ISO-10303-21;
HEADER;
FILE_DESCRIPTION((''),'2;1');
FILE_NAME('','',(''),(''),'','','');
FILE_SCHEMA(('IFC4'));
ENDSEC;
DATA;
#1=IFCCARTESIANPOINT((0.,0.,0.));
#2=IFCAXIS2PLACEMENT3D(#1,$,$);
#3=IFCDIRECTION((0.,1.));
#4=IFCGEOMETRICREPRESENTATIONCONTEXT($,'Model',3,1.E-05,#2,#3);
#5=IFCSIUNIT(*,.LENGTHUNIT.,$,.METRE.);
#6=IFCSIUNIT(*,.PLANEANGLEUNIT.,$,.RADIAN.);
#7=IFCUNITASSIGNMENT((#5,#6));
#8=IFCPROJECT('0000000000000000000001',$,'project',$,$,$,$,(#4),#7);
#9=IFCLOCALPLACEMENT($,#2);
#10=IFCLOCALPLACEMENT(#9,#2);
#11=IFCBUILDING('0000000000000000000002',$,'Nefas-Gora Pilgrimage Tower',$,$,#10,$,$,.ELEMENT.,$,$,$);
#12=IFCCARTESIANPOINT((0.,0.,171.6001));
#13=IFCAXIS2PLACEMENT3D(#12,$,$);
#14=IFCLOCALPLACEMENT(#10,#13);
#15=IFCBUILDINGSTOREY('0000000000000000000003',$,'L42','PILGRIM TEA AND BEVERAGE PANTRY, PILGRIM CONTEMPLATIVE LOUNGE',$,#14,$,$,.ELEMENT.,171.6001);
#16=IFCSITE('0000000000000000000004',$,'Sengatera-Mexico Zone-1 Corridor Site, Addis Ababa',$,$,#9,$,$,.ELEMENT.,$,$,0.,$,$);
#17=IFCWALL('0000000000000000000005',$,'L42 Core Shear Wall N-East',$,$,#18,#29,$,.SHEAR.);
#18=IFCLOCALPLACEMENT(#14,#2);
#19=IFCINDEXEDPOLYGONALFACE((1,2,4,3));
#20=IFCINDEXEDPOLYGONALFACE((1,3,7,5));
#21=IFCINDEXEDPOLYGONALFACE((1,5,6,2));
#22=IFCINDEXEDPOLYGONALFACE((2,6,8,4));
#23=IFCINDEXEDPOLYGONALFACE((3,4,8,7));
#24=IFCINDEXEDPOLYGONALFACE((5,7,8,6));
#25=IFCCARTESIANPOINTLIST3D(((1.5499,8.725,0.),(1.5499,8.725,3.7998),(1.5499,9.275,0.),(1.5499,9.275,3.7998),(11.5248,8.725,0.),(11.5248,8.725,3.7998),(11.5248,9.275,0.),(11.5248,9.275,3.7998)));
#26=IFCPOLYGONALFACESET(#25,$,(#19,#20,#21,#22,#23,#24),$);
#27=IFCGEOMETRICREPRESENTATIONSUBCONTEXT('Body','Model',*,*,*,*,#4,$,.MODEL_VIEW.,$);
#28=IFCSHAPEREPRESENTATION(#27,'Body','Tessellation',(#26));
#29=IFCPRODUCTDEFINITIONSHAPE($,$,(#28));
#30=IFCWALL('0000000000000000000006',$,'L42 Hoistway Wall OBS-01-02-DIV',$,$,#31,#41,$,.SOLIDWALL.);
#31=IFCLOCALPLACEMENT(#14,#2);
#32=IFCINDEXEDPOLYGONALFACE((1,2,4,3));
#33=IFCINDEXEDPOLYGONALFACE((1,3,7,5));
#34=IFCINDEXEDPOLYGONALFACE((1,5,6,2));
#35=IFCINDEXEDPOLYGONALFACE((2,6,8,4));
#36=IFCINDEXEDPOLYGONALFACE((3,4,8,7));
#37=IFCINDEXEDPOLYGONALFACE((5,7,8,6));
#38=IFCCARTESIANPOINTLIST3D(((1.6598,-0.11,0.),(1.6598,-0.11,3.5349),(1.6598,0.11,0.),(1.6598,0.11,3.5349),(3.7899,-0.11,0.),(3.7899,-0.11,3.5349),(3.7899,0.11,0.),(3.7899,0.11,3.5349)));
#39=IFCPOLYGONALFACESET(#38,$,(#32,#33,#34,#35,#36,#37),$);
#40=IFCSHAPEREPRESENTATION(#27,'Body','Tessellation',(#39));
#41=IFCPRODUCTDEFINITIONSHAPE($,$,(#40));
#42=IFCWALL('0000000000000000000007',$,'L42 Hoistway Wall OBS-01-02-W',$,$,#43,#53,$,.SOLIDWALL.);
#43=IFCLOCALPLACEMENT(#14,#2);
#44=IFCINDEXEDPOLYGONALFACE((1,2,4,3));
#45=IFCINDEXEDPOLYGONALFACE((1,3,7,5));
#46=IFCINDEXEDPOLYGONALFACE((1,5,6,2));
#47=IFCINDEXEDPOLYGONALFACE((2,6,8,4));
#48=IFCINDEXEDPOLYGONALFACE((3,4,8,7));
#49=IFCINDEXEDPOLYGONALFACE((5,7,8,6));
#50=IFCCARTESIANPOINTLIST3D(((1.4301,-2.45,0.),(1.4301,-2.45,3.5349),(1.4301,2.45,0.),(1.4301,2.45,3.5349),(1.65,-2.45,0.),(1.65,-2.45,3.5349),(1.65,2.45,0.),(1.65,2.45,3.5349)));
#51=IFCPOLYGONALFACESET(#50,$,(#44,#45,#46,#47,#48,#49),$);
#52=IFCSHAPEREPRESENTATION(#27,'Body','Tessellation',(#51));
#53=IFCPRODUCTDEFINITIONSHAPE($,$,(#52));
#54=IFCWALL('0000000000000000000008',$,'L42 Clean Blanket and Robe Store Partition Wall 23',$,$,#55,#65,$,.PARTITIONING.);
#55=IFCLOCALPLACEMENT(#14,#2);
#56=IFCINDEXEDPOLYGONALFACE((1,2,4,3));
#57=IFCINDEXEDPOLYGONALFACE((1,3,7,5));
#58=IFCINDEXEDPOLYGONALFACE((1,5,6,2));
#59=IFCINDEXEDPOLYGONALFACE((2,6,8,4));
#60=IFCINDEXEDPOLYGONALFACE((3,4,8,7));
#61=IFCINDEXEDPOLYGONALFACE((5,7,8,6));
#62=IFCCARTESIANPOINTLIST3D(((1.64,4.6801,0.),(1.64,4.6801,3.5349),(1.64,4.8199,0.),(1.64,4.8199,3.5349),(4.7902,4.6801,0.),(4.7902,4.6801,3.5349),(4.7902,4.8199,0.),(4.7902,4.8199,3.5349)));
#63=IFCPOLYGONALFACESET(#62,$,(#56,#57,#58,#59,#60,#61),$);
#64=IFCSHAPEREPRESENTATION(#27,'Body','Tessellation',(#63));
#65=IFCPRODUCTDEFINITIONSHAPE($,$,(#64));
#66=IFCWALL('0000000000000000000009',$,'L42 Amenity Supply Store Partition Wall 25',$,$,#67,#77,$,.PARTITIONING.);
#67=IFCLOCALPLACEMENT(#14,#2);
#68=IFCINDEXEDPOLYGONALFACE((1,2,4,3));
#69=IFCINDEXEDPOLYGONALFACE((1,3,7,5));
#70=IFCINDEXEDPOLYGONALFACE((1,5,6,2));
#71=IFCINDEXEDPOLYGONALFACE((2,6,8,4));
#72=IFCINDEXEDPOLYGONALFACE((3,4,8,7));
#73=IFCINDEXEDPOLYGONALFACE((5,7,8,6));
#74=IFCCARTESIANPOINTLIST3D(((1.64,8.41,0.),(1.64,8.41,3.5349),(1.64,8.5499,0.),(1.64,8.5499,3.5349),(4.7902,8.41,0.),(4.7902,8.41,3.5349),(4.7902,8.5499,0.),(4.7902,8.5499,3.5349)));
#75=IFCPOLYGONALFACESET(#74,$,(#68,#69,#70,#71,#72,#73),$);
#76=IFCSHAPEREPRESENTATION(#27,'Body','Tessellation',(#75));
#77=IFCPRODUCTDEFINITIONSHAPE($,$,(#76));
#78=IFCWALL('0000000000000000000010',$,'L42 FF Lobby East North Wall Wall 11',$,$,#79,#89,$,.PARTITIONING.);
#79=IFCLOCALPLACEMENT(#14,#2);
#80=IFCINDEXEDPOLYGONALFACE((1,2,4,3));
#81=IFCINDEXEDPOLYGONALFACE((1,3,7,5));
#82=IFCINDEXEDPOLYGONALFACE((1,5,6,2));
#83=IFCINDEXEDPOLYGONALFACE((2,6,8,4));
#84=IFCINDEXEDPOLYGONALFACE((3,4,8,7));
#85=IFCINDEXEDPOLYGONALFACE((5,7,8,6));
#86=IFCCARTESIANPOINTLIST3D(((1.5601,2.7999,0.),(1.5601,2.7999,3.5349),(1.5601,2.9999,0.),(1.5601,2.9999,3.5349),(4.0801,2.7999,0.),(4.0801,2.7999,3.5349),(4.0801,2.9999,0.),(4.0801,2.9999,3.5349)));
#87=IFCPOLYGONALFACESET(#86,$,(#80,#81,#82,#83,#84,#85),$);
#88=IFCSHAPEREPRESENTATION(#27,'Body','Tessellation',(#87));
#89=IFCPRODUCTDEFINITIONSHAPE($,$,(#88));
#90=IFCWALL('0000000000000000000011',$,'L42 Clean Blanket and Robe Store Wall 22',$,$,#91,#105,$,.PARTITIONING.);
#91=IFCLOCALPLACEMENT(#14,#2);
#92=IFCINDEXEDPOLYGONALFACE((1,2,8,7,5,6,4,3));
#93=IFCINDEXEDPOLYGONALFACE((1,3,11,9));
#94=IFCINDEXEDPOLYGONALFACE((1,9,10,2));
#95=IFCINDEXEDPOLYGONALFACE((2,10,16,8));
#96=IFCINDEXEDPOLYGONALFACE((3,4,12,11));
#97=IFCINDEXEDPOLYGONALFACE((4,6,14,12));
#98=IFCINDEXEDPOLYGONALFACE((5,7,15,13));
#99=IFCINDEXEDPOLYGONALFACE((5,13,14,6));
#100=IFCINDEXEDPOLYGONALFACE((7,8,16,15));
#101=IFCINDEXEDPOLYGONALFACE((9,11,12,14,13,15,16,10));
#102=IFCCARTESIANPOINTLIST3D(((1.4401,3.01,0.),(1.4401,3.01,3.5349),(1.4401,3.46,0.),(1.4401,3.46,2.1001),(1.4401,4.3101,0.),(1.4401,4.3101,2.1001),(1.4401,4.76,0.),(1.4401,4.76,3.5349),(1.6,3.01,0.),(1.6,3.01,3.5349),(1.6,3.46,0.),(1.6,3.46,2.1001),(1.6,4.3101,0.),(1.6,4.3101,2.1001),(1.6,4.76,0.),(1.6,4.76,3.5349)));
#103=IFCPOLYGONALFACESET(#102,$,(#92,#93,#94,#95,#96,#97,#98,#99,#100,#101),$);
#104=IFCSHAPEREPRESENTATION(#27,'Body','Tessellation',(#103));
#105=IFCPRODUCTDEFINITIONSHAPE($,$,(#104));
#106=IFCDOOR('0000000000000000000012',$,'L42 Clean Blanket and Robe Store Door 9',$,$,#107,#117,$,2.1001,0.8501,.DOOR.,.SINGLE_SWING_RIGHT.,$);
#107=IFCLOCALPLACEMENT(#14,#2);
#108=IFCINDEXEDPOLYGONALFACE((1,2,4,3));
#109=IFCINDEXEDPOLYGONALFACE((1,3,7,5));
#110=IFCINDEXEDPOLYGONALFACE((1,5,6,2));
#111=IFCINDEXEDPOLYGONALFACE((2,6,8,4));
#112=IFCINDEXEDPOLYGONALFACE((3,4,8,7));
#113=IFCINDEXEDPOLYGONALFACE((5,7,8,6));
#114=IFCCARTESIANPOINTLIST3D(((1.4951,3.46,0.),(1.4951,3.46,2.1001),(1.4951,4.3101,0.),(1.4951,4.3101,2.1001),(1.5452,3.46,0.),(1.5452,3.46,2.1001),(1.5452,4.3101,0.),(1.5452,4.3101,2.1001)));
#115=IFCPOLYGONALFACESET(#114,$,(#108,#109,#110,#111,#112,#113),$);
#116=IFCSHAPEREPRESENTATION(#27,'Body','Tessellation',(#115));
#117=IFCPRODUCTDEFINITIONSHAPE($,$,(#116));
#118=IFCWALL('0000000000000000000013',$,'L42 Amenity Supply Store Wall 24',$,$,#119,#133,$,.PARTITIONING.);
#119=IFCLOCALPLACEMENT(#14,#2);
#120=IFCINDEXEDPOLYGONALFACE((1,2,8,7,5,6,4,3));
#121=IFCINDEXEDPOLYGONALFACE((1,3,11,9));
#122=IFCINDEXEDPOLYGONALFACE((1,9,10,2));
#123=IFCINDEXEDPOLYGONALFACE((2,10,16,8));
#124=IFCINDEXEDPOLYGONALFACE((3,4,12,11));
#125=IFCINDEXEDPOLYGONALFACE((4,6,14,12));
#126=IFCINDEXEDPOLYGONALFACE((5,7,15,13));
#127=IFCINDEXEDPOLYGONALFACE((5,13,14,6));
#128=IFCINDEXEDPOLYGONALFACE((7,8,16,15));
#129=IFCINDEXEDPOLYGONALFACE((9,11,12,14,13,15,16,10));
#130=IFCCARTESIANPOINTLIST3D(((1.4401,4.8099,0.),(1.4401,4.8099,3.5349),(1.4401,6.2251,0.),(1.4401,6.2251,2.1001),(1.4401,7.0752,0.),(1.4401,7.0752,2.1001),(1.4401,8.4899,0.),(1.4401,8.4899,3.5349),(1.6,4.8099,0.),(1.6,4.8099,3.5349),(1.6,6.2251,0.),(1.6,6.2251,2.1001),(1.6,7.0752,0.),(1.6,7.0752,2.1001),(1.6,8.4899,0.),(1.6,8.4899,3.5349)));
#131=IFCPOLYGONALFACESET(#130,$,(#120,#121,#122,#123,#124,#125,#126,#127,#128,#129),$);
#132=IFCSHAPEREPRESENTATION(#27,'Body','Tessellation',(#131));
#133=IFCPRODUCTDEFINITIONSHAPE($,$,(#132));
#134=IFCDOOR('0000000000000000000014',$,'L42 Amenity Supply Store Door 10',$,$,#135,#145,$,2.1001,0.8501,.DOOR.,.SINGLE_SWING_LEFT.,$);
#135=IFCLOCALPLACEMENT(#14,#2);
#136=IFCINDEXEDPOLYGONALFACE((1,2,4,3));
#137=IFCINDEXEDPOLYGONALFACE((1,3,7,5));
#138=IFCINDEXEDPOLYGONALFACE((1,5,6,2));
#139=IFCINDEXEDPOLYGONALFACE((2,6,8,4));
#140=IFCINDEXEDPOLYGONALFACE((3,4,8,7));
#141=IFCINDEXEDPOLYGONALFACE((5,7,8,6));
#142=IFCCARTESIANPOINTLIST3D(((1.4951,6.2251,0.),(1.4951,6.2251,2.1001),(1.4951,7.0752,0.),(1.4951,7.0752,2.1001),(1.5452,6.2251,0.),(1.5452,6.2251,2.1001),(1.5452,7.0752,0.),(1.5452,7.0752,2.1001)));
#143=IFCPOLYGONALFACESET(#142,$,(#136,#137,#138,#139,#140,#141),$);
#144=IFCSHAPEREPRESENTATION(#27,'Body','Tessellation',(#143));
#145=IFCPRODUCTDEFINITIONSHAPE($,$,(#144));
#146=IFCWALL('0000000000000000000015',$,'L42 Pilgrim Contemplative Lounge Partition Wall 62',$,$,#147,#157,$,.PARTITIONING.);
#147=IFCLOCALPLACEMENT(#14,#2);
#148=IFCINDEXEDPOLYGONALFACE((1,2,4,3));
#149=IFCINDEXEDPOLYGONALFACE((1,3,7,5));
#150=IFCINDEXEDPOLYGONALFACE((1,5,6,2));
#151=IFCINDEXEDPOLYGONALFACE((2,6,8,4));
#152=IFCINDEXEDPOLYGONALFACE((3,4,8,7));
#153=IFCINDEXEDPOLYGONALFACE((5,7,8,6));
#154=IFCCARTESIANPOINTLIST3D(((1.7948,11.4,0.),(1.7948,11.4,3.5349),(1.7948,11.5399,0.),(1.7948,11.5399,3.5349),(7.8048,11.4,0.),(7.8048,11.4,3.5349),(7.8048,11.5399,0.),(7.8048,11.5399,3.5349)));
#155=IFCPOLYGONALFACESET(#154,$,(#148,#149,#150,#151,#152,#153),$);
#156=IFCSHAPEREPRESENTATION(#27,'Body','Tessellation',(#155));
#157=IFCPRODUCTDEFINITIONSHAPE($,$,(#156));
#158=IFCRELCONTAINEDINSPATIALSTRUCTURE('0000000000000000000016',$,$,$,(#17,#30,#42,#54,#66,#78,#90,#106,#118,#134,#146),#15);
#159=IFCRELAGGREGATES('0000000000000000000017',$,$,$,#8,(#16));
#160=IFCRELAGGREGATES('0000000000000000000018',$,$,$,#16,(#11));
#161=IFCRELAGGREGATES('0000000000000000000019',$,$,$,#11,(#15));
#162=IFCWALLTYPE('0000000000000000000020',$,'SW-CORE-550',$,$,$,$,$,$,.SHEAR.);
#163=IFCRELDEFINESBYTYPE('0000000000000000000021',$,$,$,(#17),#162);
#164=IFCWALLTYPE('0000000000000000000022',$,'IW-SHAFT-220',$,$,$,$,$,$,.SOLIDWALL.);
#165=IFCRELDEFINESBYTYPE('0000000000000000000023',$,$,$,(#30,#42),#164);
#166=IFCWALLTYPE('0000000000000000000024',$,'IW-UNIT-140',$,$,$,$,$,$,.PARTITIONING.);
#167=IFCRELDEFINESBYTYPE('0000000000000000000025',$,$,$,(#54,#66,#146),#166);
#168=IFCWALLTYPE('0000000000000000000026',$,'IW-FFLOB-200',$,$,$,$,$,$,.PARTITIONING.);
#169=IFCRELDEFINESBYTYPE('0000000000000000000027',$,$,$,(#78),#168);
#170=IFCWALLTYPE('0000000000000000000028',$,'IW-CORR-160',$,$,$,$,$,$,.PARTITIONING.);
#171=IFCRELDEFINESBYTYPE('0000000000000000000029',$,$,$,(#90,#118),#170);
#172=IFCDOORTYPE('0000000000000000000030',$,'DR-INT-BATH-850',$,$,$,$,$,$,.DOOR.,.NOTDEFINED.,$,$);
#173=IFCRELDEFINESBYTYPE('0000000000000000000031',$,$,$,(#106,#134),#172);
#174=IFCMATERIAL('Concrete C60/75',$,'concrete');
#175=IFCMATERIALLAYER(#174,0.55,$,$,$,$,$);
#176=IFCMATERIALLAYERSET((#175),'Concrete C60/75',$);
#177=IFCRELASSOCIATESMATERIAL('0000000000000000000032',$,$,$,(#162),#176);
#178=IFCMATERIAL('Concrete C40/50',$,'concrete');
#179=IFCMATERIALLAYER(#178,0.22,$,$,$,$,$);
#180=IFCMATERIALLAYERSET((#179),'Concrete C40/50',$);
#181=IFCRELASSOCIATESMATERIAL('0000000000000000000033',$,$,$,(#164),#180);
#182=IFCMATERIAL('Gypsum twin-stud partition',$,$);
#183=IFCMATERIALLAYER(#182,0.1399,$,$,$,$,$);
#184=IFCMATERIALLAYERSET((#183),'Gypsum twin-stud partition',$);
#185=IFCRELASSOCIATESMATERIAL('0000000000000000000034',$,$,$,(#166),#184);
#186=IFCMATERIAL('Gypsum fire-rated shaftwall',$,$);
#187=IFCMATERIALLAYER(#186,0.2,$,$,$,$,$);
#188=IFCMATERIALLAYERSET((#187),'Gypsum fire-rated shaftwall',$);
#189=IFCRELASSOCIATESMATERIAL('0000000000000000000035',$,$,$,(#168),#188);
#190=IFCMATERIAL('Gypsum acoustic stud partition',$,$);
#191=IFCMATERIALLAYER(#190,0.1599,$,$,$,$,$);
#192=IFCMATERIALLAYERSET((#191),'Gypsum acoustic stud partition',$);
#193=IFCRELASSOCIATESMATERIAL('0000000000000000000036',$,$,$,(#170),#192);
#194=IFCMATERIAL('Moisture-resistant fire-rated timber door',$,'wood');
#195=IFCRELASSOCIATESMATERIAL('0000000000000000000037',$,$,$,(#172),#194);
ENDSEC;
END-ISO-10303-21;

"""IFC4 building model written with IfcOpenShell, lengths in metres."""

from ifc_helpers import new_model, si_unit, direction, frame, frame_2d, origin, place, context, subcontext, project, spatial, rectangle, extrude, source, transform, mapped, material, layer, layer_set, type_object, element, fill, save


model = new_model("IFC4")

# Units and contexts
model_context = context("Model", 3, precision=1e-05, world=origin(), true_north=direction((0.0, 1.0)))
body_context = subcontext(model_context, "Body", "Model", "MODEL_VIEW")
ifc_project = project(units=[si_unit("LENGTHUNIT", "METRE"), si_unit("PLANEANGLEUNIT", "RADIAN")], contexts=[model_context])

# Site, building, storey
site_placement = place(None, origin())
site = spatial("IfcSite", under=ifc_project, at=site_placement, Name="Sengatera-Mexico Zone-1 Corridor Site, Addis Ababa", CompositionType="ELEMENT", RefElevation=0.0)
building_placement = place(site_placement, origin())
building = spatial("IfcBuilding", under=site, at=building_placement, Name="Nefas-Gora Pilgrimage Tower", CompositionType="ELEMENT")
storey_placement = place(building_placement, frame((0.0, 0.0, 171.6001)))
storey = spatial("IfcBuildingStorey", under=building, at=storey_placement, Name="L42", Description="PILGRIM TEA AND BEVERAGE PANTRY, PILGRIM CONTEMPLATIVE LOUNGE", CompositionType="ELEMENT", Elevation=171.6001)

# Shared definitions
ifc_material_1 = material(Name="Concrete C40/50", Category="concrete")

# Walls
ifc_material_2 = material(Name="Concrete C60/75", Category="concrete")
ifc_layer_1 = layer(ifc_material_2, 0.55)
ifc_layer_set_1 = layer_set([ifc_layer_1], Name="Concrete C60/75")
wall_type_1 = type_object("IfcWallType", Name="SW-CORE-550", PredefinedType="SHEAR", material=ifc_layer_set_1)
shared_shape_1 = source(origin(), body_context, "Body", "SweptSolid", [
    extrude(rectangle(XDim=9.9749, YDim=0.55, at=frame_2d((4.9873, 0.0))), origin(), (0.0, 0.0, 1.0), 3.7998),
])
wall_1_placement = place(storey_placement, frame((1.55, 9.0, 0.0), z_axis=(0.0, 0.0, 1.0), x_axis=(1.0, 0.0, 0.0)))
element("IfcWall", 1, at=wall_1_placement, inside=storey, type_object=wall_type_1, Name="L42 Core Shear Wall N-East", PredefinedType="SHEAR", context=body_context, shape_type="MappedRepresentation", body=[
    mapped(shared_shape_1, transform((0.0, 0.0, 0.0), x_axis=(1.0, 0.0, 0.0), y_axis=(0.0, 1.0, 0.0), z_axis=(0.0, 0.0, 1.0), scale=1.0)),
])
ifc_layer_2 = layer(ifc_material_1, 0.22)
ifc_layer_set_2 = layer_set([ifc_layer_2], Name="Concrete C40/50")
wall_type_2 = type_object("IfcWallType", Name="IW-SHAFT-220", PredefinedType="SOLIDWALL", material=ifc_layer_set_2)
shared_shape_2 = source(origin(), body_context, "Body", "SweptSolid", [
    extrude(rectangle(XDim=2.1301, YDim=0.22, at=frame_2d((1.0649, 0.0))), origin(), (0.0, 0.0, 1.0), 3.5349),
])
wall_2_placement = place(storey_placement, frame((1.6599, 0.0, 0.0), z_axis=(0.0, 0.0, 1.0), x_axis=(1.0, 0.0, 0.0)))
element("IfcWall", 2, at=wall_2_placement, inside=storey, type_object=wall_type_2, Name="L42 Hoistway Wall OBS-01-02-DIV", PredefinedType="SOLIDWALL", context=body_context, shape_type="MappedRepresentation", body=[
    mapped(shared_shape_2, transform((0.0, 0.0, 0.0), x_axis=(1.0, 0.0, 0.0), y_axis=(0.0, 1.0, 0.0), z_axis=(0.0, 0.0, 1.0), scale=1.0)),
])
shared_shape_3 = source(origin(), body_context, "Body", "SweptSolid", [
    extrude(rectangle(XDim=4.8999, YDim=0.22, at=frame_2d((2.45, 0.0))), origin(), (0.0, 0.0, 1.0), 3.5349),
])
wall_3_placement = place(storey_placement, frame((1.54, 2.45, 0.0), z_axis=(0.0, 0.0, 1.0), x_axis=(0.0, -1.0, 0.0)))
element("IfcWall", 3, at=wall_3_placement, inside=storey, type_object=wall_type_2, Name="L42 Hoistway Wall OBS-01-02-W", PredefinedType="SOLIDWALL", context=body_context, shape_type="MappedRepresentation", body=[
    mapped(shared_shape_3, transform((0.0, 0.0, 0.0), x_axis=(1.0, 0.0, 0.0), y_axis=(0.0, 1.0, 0.0), z_axis=(0.0, 0.0, 1.0), scale=1.0)),
])
ifc_material_3 = material(Name="Gypsum twin-stud partition")
ifc_layer_3 = layer(ifc_material_3, 0.1399)
ifc_layer_set_3 = layer_set([ifc_layer_3], Name="Gypsum twin-stud partition")
wall_type_3 = type_object("IfcWallType", Name="IW-UNIT-140", PredefinedType="PARTITIONING", material=ifc_layer_set_3)
shared_shape_4 = source(origin(), body_context, "Body", "SweptSolid", [
    extrude(rectangle(XDim=3.1501, YDim=0.1399, at=frame_2d((1.5752, 0.0))), origin(), (0.0, 0.0, 1.0), 3.5349),
])
for number, where, z_axis, x_axis, name in (
    (4, (1.6399, 4.75, 0.0), (0.0, 0.0, 1.0), (1.0, 0.0, 0.0), "L42 Clean Blanket and Robe Store Partition Wall 23"),
    (5, (1.6399, 8.48, 0.0), (0.0, 0.0, 1.0), (1.0, 0.0, 0.0), "L42 Amenity Supply Store Partition Wall 25"),
):
    element("IfcWall", number, at=place(storey_placement, frame(where, z_axis=z_axis, x_axis=x_axis)), inside=storey, type_object=wall_type_3, Name=name, PredefinedType="PARTITIONING", context=body_context, shape_type="MappedRepresentation", body=[
        mapped(shared_shape_4, transform((0.0, 0.0, 0.0), x_axis=(1.0, 0.0, 0.0), y_axis=(0.0, 1.0, 0.0), z_axis=(0.0, 0.0, 1.0), scale=1.0)),
    ])
ifc_material_4 = material(Name="Gypsum fire-rated shaftwall")
ifc_layer_4 = layer(ifc_material_4, 0.2)
ifc_layer_set_4 = layer_set([ifc_layer_4], Name="Gypsum fire-rated shaftwall")
wall_type_4 = type_object("IfcWallType", Name="IW-FFLOB-200", PredefinedType="PARTITIONING", material=ifc_layer_set_4)
shared_shape_5 = source(origin(), body_context, "Body", "SweptSolid", [
    extrude(rectangle(XDim=2.52, YDim=0.2, at=frame_2d((1.26, 0.0))), origin(), (0.0, 0.0, 1.0), 3.5349),
])
wall_4_placement = place(storey_placement, frame((1.5601, 2.8999, 0.0), z_axis=(0.0, 0.0, 1.0), x_axis=(1.0, 0.0, 0.0)))
element("IfcWall", 6, at=wall_4_placement, inside=storey, type_object=wall_type_4, Name="L42 FF Lobby East North Wall Wall 11", PredefinedType="PARTITIONING", context=body_context, shape_type="MappedRepresentation", body=[
    mapped(shared_shape_5, transform((0.0, 0.0, 0.0), x_axis=(1.0, 0.0, 0.0), y_axis=(0.0, 1.0, 0.0), z_axis=(0.0, 0.0, 1.0), scale=1.0)),
])

# Walls, openings, doors
ifc_material_5 = material(Name="Gypsum acoustic stud partition")
ifc_layer_5 = layer(ifc_material_5, 0.1599)
ifc_layer_set_5 = layer_set([ifc_layer_5], Name="Gypsum acoustic stud partition")
wall_type_5 = type_object("IfcWallType", Name="IW-CORR-160", PredefinedType="PARTITIONING", material=ifc_layer_set_5)
shared_shape_6 = source(origin(), body_context, "Body", "SweptSolid", [
    extrude(rectangle(XDim=1.75, YDim=0.1599, at=frame_2d((0.875, 0.0))), origin(), (0.0, 0.0, 1.0), 3.5349),
])
wall_5_placement = place(storey_placement, frame((1.52, 3.01, 0.0), z_axis=(0.0, 0.0, 1.0), x_axis=(0.0, 1.0, 0.0)))
wall_5 = element("IfcWall", 7, at=wall_5_placement, inside=storey, type_object=wall_type_5, Name="L42 Clean Blanket and Robe Store Wall 22", PredefinedType="PARTITIONING", context=body_context, shape_type="MappedRepresentation", body=[
    mapped(shared_shape_6, transform((0.0, 0.0, 0.0), x_axis=(1.0, 0.0, 0.0), y_axis=(0.0, 1.0, 0.0), z_axis=(0.0, 0.0, 1.0), scale=1.0)),
])
opening_1_placement = place(wall_5_placement, frame((0.45, 0.0, 0.0)))
opening_1 = element("IfcOpeningElement", 8, at=opening_1_placement, cuts=wall_5, PredefinedType="OPENING", context=body_context, shape_type="SweptSolid", body=[
    extrude(rectangle(XDim=0.8501, YDim=2.1001, at=frame_2d((0.425, 1.05))), frame((0.0, 0.0898, 0.0), z_axis=(0.0, -1.0, 0.0), x_axis=(1.0, 0.0, 0.0)), (0.0, 0.0, 1.0), 0.1799),
])
ifc_material_6 = material(Name="Moisture-resistant fire-rated timber door", Category="wood")
door_type = type_object("IfcDoorType", Name="DR-INT-BATH-850", OperationType="NOTDEFINED", PredefinedType="DOOR", material=ifc_material_6)
shared_shape_7 = source(origin(), body_context, "Body", "SweptSolid", [
    extrude(rectangle(XDim=0.8501, YDim=2.1001, at=frame_2d((0.425, 1.05))), frame((0.0, 0.0249, 0.0), z_axis=(0.0, -1.0, 0.0), x_axis=(1.0, 0.0, 0.0)), (0.0, 0.0, 1.0), 0.05),
])
door_1_placement = place(opening_1_placement, origin())
door_1 = element("IfcDoor", 9, at=door_1_placement, inside=storey, type_object=door_type, Name="L42 Clean Blanket and Robe Store Door 9", OperationType="SINGLE_SWING_RIGHT", OverallHeight=2.1001, OverallWidth=0.8501, PredefinedType="DOOR", context=body_context, shape_type="MappedRepresentation", body=[
    mapped(shared_shape_7, transform((0.0, 0.0, 0.0), x_axis=(1.0, 0.0, 0.0), y_axis=(0.0, 1.0, 0.0), z_axis=(0.0, 0.0, 1.0), scale=1.0)),
])
fill(opening_1, door_1)
shared_shape_8 = source(origin(), body_context, "Body", "SweptSolid", [
    extrude(rectangle(XDim=3.6799, YDim=0.1599, at=frame_2d((1.8398, 0.0))), origin(), (0.0, 0.0, 1.0), 3.5349),
])
wall_6_placement = place(storey_placement, frame((1.52, 4.8101, 0.0), z_axis=(0.0, 0.0, 1.0), x_axis=(0.0, 1.0, 0.0)))
wall_6 = element("IfcWall", 10, at=wall_6_placement, inside=storey, type_object=wall_type_5, Name="L42 Amenity Supply Store Wall 24", PredefinedType="PARTITIONING", context=body_context, shape_type="MappedRepresentation", body=[
    mapped(shared_shape_8, transform((0.0, 0.0, 0.0), x_axis=(1.0, 0.0, 0.0), y_axis=(0.0, 1.0, 0.0), z_axis=(0.0, 0.0, 1.0), scale=1.0)),
])
opening_2_placement = place(wall_6_placement, frame((1.415, 0.0, 0.0)))
opening_2 = element("IfcOpeningElement", 11, at=opening_2_placement, cuts=wall_6, PredefinedType="OPENING", context=body_context, shape_type="SweptSolid", body=[
    extrude(rectangle(XDim=0.8501, YDim=2.1001, at=frame_2d((0.425, 1.05))), frame((0.0, 0.0898, 0.0), z_axis=(0.0, -1.0, 0.0), x_axis=(1.0, 0.0, 0.0)), (0.0, 0.0, 1.0), 0.1799),
])
door_2_placement = place(opening_2_placement, origin())
door_2 = element("IfcDoor", 12, at=door_2_placement, inside=storey, type_object=door_type, Name="L42 Amenity Supply Store Door 10", OperationType="SINGLE_SWING_LEFT", OverallHeight=2.1001, OverallWidth=0.8501, PredefinedType="DOOR", context=body_context, shape_type="MappedRepresentation", body=[
    mapped(shared_shape_7, transform((0.0, 0.0, 0.0), x_axis=(1.0, 0.0, 0.0), y_axis=(0.0, 1.0, 0.0), z_axis=(0.0, 0.0, 1.0), scale=1.0)),
])
fill(opening_2, door_2)

# Wall
shared_shape_9 = source(origin(), body_context, "Body", "SweptSolid", [
    extrude(rectangle(XDim=6.01, YDim=0.1399, at=frame_2d((3.0049, 0.0))), origin(), (0.0, 0.0, 1.0), 3.5349),
])
wall_7_placement = place(storey_placement, frame((1.7949, 11.47, 0.0), z_axis=(0.0, 0.0, 1.0), x_axis=(1.0, 0.0, 0.0)))
element("IfcWall", 13, at=wall_7_placement, inside=storey, type_object=wall_type_3, Name="L42 Pilgrim Contemplative Lounge Partition Wall 62", PredefinedType="PARTITIONING", context=body_context, shape_type="MappedRepresentation", body=[
    mapped(shared_shape_9, transform((0.0, 0.0, 0.0), x_axis=(1.0, 0.0, 0.0), y_axis=(0.0, 1.0, 0.0), z_axis=(0.0, 0.0, 1.0), scale=1.0)),
])

save(model, "model.ifc")
